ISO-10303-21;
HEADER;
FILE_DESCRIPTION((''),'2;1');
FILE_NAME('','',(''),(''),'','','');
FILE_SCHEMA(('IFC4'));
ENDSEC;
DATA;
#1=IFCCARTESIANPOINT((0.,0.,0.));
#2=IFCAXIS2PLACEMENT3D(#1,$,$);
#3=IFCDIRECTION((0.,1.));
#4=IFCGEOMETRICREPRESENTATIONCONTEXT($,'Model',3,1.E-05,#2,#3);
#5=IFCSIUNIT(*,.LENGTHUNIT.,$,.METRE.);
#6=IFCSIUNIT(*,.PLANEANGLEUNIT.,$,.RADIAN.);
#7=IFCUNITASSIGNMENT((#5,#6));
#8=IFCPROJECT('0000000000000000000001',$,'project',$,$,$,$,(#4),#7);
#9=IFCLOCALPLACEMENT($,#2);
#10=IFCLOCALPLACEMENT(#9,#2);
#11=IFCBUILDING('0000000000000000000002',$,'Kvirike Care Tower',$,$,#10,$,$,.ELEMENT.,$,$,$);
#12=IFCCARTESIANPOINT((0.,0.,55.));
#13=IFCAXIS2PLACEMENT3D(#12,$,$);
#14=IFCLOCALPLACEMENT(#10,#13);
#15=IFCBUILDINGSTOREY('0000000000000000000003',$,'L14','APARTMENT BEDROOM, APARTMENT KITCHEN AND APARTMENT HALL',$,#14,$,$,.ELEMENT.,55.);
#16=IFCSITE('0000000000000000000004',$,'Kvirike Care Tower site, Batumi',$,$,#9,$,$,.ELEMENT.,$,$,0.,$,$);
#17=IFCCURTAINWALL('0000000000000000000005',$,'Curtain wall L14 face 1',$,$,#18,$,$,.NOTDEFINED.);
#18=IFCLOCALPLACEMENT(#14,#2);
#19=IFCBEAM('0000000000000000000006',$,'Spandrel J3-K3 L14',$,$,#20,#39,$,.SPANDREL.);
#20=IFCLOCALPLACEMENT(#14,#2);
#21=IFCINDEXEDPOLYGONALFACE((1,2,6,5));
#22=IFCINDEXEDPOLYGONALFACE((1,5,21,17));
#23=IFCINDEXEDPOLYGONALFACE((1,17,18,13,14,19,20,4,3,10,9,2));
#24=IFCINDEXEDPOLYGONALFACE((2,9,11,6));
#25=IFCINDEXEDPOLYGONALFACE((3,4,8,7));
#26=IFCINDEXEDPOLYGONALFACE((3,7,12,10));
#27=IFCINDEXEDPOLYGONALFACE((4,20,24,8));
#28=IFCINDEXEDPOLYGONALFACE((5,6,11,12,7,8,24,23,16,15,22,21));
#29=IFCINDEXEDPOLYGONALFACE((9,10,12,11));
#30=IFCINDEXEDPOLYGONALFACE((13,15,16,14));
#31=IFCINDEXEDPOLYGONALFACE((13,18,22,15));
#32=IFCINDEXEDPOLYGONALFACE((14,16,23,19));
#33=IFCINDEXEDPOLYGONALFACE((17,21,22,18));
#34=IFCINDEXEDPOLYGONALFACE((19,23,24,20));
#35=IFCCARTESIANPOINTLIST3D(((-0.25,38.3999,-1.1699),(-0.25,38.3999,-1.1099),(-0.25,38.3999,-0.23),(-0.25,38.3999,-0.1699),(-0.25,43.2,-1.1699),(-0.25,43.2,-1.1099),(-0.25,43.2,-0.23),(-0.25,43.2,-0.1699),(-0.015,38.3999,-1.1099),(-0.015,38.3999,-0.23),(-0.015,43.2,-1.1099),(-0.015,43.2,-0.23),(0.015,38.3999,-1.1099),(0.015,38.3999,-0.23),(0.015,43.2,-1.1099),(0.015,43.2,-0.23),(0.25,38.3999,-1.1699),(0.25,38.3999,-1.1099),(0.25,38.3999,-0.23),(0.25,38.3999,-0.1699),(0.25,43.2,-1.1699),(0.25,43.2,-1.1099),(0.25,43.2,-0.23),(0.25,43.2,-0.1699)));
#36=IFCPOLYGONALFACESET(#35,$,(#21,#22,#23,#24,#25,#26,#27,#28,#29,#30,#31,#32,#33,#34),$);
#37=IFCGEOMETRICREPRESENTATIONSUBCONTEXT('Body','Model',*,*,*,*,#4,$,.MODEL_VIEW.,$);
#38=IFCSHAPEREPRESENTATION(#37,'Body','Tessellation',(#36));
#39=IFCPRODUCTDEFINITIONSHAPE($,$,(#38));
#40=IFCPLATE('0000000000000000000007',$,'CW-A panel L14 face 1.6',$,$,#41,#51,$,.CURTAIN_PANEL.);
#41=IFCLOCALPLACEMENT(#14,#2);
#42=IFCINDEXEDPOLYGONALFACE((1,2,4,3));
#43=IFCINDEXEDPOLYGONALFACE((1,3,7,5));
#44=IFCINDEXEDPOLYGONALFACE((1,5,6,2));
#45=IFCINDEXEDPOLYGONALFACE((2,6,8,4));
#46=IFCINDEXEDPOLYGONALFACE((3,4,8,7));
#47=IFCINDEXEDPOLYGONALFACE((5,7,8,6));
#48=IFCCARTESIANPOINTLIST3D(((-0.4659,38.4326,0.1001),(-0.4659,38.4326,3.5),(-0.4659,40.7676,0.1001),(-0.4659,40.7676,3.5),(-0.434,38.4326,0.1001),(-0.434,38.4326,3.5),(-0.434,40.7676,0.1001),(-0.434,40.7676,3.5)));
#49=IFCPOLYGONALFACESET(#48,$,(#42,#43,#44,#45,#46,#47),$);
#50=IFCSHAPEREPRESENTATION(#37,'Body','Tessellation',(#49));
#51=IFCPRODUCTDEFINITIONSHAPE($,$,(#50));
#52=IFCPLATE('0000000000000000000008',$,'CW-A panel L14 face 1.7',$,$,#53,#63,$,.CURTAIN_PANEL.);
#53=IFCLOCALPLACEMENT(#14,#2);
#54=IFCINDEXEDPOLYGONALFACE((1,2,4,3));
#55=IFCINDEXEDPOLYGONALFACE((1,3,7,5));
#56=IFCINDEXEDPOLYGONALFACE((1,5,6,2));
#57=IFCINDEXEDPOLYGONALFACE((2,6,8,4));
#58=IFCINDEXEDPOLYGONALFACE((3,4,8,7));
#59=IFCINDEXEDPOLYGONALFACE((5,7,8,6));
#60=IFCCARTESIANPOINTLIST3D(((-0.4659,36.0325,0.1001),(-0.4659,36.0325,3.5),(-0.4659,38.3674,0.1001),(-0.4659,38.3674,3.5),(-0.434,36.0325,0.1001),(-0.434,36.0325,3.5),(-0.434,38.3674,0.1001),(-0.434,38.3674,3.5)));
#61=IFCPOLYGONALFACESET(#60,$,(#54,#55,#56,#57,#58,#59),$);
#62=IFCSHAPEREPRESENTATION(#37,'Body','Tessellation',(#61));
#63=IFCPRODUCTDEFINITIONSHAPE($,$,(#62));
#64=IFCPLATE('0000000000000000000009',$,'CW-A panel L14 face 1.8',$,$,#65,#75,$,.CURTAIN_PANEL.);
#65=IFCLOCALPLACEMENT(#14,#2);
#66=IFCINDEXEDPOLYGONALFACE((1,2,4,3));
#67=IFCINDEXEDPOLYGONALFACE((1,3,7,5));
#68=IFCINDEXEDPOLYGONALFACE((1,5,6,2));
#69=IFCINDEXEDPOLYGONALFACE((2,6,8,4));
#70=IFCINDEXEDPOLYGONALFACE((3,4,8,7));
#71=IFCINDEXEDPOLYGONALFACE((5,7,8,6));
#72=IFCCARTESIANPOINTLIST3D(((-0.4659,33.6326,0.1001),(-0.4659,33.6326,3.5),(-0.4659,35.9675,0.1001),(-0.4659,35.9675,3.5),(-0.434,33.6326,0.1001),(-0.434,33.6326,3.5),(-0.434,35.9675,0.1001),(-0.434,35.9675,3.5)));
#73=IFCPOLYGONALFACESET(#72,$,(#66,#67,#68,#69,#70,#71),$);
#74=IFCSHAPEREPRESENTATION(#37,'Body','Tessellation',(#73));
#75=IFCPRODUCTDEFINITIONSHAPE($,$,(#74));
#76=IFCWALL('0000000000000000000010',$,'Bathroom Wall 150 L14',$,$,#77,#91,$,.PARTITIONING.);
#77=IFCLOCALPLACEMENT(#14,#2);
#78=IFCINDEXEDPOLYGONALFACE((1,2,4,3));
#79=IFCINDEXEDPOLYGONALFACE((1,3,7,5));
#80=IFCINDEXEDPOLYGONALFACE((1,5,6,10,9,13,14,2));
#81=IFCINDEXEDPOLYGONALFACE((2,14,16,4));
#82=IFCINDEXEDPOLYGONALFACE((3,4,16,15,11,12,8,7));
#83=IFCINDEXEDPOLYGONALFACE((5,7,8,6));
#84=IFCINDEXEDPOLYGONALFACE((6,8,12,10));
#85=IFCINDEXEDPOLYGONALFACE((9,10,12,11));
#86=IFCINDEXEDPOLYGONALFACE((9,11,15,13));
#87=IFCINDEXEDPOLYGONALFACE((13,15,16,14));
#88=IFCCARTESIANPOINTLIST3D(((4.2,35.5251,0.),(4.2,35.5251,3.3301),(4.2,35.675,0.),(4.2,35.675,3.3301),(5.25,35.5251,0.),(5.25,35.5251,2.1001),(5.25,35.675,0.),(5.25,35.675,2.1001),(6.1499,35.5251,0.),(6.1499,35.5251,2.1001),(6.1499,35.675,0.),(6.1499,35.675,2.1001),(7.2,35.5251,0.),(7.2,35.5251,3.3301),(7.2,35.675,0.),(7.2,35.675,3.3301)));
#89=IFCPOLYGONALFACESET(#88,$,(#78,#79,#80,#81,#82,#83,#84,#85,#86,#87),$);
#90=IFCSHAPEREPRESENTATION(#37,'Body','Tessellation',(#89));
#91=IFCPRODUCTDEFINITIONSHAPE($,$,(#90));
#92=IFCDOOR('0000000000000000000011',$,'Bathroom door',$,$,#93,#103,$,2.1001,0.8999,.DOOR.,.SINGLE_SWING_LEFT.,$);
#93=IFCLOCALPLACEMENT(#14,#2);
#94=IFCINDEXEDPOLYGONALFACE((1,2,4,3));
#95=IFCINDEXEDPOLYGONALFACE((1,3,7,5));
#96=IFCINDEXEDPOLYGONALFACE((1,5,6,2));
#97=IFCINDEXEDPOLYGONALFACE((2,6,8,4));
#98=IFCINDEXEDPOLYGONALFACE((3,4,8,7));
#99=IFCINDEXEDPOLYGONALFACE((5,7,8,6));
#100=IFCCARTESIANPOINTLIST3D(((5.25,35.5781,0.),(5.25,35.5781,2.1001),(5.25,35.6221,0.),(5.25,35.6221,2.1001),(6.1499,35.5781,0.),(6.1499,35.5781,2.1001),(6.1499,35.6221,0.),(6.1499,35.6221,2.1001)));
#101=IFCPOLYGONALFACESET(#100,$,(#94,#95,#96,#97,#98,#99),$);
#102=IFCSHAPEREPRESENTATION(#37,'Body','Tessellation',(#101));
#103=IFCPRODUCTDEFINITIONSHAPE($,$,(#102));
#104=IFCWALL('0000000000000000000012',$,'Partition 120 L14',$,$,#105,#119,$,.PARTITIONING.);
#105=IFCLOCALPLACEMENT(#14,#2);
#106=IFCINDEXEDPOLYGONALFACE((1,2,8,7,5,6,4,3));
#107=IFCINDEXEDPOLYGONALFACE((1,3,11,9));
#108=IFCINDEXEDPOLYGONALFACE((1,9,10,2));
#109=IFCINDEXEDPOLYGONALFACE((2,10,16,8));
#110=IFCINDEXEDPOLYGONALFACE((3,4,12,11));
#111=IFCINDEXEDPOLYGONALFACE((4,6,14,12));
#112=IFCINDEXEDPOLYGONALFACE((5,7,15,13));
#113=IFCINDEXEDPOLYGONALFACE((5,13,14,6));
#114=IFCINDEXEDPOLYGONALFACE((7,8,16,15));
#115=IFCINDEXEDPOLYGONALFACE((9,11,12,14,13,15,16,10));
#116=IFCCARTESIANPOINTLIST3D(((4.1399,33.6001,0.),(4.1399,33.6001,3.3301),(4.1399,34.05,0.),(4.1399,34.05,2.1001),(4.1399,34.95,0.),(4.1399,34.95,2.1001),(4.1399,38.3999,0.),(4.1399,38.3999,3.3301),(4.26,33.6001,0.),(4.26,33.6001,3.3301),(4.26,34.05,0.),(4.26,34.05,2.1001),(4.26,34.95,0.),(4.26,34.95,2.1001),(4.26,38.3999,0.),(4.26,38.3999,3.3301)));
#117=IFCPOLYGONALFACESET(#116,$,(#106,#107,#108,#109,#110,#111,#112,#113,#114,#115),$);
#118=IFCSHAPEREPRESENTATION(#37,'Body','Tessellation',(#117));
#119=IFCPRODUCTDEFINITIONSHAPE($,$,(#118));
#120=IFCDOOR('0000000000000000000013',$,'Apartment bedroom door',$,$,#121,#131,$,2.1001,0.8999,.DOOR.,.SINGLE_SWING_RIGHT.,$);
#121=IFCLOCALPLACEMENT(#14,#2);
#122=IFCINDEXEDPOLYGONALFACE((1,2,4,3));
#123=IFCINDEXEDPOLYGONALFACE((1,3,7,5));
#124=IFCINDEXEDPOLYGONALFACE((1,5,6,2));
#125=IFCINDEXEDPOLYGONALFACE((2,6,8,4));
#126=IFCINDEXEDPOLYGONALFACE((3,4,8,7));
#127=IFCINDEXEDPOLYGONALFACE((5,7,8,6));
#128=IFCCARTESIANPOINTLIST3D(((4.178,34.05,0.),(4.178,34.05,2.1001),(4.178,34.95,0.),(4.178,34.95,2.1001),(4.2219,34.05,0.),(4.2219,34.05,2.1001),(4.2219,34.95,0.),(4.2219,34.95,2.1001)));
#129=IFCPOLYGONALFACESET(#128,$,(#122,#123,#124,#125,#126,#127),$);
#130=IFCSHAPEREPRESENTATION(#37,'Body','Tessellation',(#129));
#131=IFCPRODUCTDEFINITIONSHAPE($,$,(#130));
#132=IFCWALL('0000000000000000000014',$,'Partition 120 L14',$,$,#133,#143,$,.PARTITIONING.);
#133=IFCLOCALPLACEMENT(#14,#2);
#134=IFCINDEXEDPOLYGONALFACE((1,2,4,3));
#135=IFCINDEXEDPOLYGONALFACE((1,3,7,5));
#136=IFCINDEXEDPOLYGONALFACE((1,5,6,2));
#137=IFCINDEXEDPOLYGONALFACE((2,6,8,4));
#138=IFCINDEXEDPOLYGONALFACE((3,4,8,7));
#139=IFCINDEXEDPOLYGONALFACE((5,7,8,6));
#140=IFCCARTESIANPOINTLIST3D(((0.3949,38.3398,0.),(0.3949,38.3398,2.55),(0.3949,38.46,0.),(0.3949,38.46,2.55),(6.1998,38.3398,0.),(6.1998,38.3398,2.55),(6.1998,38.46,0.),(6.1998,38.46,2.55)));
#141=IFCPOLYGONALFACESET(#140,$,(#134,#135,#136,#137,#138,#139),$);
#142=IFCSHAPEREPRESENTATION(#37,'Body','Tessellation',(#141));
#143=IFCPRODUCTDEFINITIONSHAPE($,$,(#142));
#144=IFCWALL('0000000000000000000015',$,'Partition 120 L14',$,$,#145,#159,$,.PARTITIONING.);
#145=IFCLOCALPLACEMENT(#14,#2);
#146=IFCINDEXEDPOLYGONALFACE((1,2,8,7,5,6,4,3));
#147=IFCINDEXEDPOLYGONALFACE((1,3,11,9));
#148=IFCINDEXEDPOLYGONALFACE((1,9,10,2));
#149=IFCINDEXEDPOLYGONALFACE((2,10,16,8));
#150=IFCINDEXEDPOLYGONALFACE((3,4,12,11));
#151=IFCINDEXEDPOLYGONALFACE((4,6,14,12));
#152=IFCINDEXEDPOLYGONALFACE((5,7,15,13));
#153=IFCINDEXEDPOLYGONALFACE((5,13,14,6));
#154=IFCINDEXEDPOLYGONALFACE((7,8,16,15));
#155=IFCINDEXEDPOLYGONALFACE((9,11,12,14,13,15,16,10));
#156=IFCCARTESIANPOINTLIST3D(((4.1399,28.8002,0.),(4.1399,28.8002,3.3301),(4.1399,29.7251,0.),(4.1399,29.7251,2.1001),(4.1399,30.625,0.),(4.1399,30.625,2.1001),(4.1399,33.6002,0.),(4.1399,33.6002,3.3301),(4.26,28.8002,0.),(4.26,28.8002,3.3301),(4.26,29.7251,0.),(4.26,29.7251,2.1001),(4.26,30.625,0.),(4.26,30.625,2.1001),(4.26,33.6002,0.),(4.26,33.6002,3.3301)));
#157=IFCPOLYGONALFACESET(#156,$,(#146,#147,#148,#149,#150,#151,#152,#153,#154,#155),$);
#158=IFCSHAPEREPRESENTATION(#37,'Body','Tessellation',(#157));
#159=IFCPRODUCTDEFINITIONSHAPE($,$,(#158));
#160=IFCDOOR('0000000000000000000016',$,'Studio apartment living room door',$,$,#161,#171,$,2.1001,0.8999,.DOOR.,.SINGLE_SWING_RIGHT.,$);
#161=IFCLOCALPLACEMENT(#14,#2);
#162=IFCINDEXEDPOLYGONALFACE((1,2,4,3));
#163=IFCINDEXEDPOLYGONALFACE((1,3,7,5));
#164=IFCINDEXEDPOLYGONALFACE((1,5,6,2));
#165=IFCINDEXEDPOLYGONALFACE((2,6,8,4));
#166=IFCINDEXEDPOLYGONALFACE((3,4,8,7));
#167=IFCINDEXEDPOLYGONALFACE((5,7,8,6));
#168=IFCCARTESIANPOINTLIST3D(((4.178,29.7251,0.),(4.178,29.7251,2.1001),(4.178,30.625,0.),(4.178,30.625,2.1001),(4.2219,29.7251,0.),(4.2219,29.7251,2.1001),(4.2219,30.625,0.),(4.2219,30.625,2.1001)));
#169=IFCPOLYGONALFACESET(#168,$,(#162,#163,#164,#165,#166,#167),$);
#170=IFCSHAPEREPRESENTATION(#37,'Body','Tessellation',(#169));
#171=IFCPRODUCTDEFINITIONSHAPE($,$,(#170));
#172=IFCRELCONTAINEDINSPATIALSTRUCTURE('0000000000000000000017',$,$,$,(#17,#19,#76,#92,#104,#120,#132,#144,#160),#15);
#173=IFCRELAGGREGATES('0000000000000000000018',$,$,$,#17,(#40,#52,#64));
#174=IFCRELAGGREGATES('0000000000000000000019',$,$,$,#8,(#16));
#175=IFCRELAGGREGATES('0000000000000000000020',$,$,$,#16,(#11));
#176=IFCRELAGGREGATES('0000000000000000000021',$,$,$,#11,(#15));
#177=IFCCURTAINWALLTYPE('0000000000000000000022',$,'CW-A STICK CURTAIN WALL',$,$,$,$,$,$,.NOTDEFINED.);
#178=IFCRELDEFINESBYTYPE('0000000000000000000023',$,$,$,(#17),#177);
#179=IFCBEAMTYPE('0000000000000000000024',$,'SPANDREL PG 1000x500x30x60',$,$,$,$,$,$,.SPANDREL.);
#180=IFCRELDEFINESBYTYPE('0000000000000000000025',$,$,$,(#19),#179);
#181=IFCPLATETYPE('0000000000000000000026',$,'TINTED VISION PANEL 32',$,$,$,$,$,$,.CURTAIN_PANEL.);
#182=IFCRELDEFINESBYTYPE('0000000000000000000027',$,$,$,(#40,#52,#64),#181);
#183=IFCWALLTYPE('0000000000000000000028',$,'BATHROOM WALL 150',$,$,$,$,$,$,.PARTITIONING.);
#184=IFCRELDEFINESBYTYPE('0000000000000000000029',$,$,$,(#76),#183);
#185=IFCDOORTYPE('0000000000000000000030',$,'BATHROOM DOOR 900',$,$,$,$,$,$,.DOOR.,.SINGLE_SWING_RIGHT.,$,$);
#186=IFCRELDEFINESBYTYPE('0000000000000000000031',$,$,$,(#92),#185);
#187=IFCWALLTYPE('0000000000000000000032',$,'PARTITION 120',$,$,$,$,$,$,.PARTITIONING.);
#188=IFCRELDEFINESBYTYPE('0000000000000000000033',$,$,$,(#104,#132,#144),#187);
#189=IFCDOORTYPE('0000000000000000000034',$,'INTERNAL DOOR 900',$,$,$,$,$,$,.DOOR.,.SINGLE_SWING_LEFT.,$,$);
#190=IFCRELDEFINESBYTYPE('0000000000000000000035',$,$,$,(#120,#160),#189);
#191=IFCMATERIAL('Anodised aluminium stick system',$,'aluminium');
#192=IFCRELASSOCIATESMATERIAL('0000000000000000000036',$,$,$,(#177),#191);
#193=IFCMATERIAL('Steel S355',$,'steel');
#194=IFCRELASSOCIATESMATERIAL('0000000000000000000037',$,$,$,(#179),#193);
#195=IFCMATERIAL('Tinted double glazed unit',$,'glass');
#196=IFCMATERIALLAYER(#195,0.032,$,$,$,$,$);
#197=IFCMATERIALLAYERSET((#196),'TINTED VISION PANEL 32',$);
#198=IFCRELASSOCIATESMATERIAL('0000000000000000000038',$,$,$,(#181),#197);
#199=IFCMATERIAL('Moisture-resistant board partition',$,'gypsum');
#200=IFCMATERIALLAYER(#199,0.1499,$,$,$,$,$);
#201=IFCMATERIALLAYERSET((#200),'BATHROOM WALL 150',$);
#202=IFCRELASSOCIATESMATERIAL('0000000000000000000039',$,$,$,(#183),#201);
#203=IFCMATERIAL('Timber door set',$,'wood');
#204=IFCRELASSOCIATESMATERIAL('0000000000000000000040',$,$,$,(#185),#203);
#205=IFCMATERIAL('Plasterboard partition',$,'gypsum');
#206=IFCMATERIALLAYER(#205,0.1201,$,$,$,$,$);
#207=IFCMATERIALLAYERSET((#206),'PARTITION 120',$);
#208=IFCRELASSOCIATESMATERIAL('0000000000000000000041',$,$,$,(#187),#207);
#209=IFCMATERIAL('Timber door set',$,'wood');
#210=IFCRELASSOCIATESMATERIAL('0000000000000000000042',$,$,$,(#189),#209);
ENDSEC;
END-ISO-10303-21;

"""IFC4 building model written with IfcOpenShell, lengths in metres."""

from ifc_helpers import new_model, si_unit, direction, frame, frame_2d, origin, origin_2d, place, context, subcontext, project, spatial, rectangle, i_section, extrude, material, layer, layer_set, material_profile, profile_set, type_object, element, fill, aggregate, save


model = new_model("IFC4")

# Units and contexts
model_context = context("Model", 3, precision=1e-05, world=origin(), true_north=direction((0.0, 1.0)))
body_context = subcontext(model_context, "Body", "Model", "MODEL_VIEW")
ifc_project = project(units=[si_unit("LENGTHUNIT", "METRE"), si_unit("PLANEANGLEUNIT", "RADIAN")], contexts=[model_context])

# Site, building, storey
site_placement = place(None, origin())
site = spatial("IfcSite", under=ifc_project, at=site_placement, Name="Kvirike Care Tower site, Batumi", CompositionType="ELEMENT", RefElevation=0.0)
building_placement = place(site_placement, origin())
building = spatial("IfcBuilding", under=site, at=building_placement, Name="Kvirike Care Tower", CompositionType="ELEMENT")
storey_placement = place(building_placement, frame((0.0, 0.0, 55.0)))
storey = spatial("IfcBuildingStorey", under=building, at=storey_placement, Name="L14", Description="APARTMENT BEDROOM, APARTMENT KITCHEN AND APARTMENT HALL", CompositionType="ELEMENT", Elevation=55.0)

# Curtain wall
ifc_material_1 = material(Name="Anodised aluminium stick system", Category="aluminium")
curtain_wall_type = type_object("IfcCurtainWallType", Name="CW-A STICK CURTAIN WALL", PredefinedType="NOTDEFINED", material=ifc_material_1)
curtain_wall_placement = place(storey_placement, origin())
curtain_wall = element("IfcCurtainWall", 1, at=curtain_wall_placement, inside=storey, type_object=curtain_wall_type, Name="Curtain wall L14 face 1", PredefinedType="NOTDEFINED")

# Beam
ifc_material_2 = material(Name="Steel S355", Category="steel")
ifc_material_profile_1 = material_profile(ifc_material_2, i_section(OverallWidth=0.5, OverallDepth=1.0, WebThickness=0.03, FlangeThickness=0.0601, at=origin_2d()), Name="PG 1000x500x30x60")
ifc_profile_set_1 = profile_set([ifc_material_profile_1], Name="Steel S355")
beam_type_1 = type_object("IfcBeamType", Name="SPANDREL PG 1000x500x30x60", PredefinedType="SPANDREL", material=ifc_profile_set_1)
beam_1_placement = place(storey_placement, frame((0.0, 38.3999, -0.6699), z_axis=(0.0, 1.0, 0.0), x_axis=(-1.0, 0.0, 0.0)))
element("IfcBeam", 2, at=beam_1_placement, inside=storey, type_object=beam_type_1, Name="Spandrel J3-K3 L14", PredefinedType="SPANDREL", context=body_context, shape_type="SweptSolid", body=[
    extrude(i_section(OverallWidth=0.5, OverallDepth=1.0, WebThickness=0.03, FlangeThickness=0.0601, at=origin_2d()), origin(), (0.0, 0.0, 1.0), 4.8),
])

# Plates
ifc_material_3 = material(Name="Tinted double glazed unit", Category="glass")
ifc_layer_1 = layer(ifc_material_3, 0.032)
ifc_layer_set_1 = layer_set([ifc_layer_1], Name="TINTED VISION PANEL 32")
plate_type = type_object("IfcPlateType", Name="TINTED VISION PANEL 32", PredefinedType="CURTAIN_PANEL", material=ifc_layer_set_1)
plate_1_placement = place(storey_placement, frame((-0.45, 39.6001, 0.1001), z_axis=(0.0, 0.0, 1.0), x_axis=(0.0, -1.0, 0.0)))
plate_1 = element("IfcPlate", 3, at=plate_1_placement, type_object=plate_type, Name="CW-A panel L14 face 1.6", PredefinedType="CURTAIN_PANEL", context=body_context, shape_type="SweptSolid", body=[
    extrude(rectangle(XDim=2.335, YDim=0.032, at=origin_2d()), origin(), (0.0, 0.0, 1.0), 3.3999),
])
plate_2_placement = place(storey_placement, frame((-0.45, 37.2, 0.1001), z_axis=(0.0, 0.0, 1.0), x_axis=(0.0, -1.0, 0.0)))
plate_2 = element("IfcPlate", 4, at=plate_2_placement, type_object=plate_type, Name="CW-A panel L14 face 1.7", PredefinedType="CURTAIN_PANEL", context=body_context, shape_type="SweptSolid", body=[
    extrude(rectangle(XDim=2.335, YDim=0.032, at=origin_2d()), origin(), (0.0, 0.0, 1.0), 3.3999),
])
plate_3_placement = place(storey_placement, frame((-0.45, 34.8, 0.1001), z_axis=(0.0, 0.0, 1.0), x_axis=(0.0, -1.0, 0.0)))
plate_3 = element("IfcPlate", 5, at=plate_3_placement, type_object=plate_type, Name="CW-A panel L14 face 1.8", PredefinedType="CURTAIN_PANEL", context=body_context, shape_type="SweptSolid", body=[
    extrude(rectangle(XDim=2.335, YDim=0.032, at=origin_2d()), origin(), (0.0, 0.0, 1.0), 3.3999),
])
aggregate(curtain_wall, [plate_1, plate_2, plate_3])

# Walls, openings, doors
ifc_material_4 = material(Name="Moisture-resistant board partition", Category="gypsum")
ifc_layer_2 = layer(ifc_material_4, 0.1499)
ifc_layer_set_2 = layer_set([ifc_layer_2], Name="BATHROOM WALL 150")
wall_type_1 = type_object("IfcWallType", Name="BATHROOM WALL 150", PredefinedType="PARTITIONING", material=ifc_layer_set_2)
wall_1_placement = place(storey_placement, frame((4.2, 35.6001, 0.0), z_axis=(0.0, 0.0, 1.0), x_axis=(1.0, 0.0, 0.0)))
wall_1 = element("IfcWall", 6, at=wall_1_placement, inside=storey, type_object=wall_type_1, Name="Bathroom Wall 150 L14", PredefinedType="PARTITIONING", context=body_context, shape_type="SweptSolid", body=[
    extrude(rectangle(XDim=3.0, YDim=0.1499, at=frame_2d((1.5, 0.0))), origin(), (0.0, 0.0, 1.0), 3.3301),
])
opening_1_placement = place(wall_1_placement, frame((1.05, 0.0, 0.0)))
opening_1 = element("IfcOpeningElement", 7, at=opening_1_placement, cuts=wall_1, PredefinedType="OPENING", context=body_context, shape_type="SweptSolid", body=[
    extrude(rectangle(XDim=0.8999, YDim=2.1001, at=frame_2d((0.45, 1.05))), frame((0.0, 0.0854, 0.0), z_axis=(0.0, -1.0, 0.0), x_axis=(1.0, 0.0, 0.0)), (0.0, 0.0, 1.0), 0.1709),
])
ifc_material_5 = material(Name="Timber door set", Category="wood")
door_type_1 = type_object("IfcDoorType", Name="BATHROOM DOOR 900", OperationType="SINGLE_SWING_RIGHT", PredefinedType="DOOR", material=ifc_material_5)
door_1_placement = place(opening_1_placement, origin())
door_1 = element("IfcDoor", 8, at=door_1_placement, inside=storey, type_object=door_type_1, Name="Bathroom door", OperationType="SINGLE_SWING_LEFT", OverallHeight=2.1001, OverallWidth=0.8999, PredefinedType="DOOR", context=body_context, shape_type="SweptSolid", body=[
    extrude(rectangle(XDim=0.8999, YDim=2.1001, at=frame_2d((0.45, 1.05))), frame((0.0, 0.022, 0.0), z_axis=(0.0, -1.0, 0.0), x_axis=(1.0, 0.0, 0.0)), (0.0, 0.0, 1.0), 0.0439),
])
fill(opening_1, door_1)
ifc_material_6 = material(Name="Plasterboard partition", Category="gypsum")
ifc_layer_3 = layer(ifc_material_6, 0.1201)
ifc_layer_set_3 = layer_set([ifc_layer_3], Name="PARTITION 120")
wall_type_2 = type_object("IfcWallType", Name="PARTITION 120", PredefinedType="PARTITIONING", material=ifc_layer_set_3)
wall_2_placement = place(storey_placement, frame((4.2, 38.3999, 0.0), z_axis=(0.0, 0.0, 1.0), x_axis=(0.0, -1.0, 0.0)))
wall_2 = element("IfcWall", 9, at=wall_2_placement, inside=storey, type_object=wall_type_2, Name="Partition 120 L14", PredefinedType="PARTITIONING", context=body_context, shape_type="SweptSolid", body=[
    extrude(rectangle(XDim=4.7998, YDim=0.1201, at=frame_2d((2.3999, 0.0))), origin(), (0.0, 0.0, 1.0), 3.3301),
])
opening_2_placement = place(wall_2_placement, frame((3.45, 0.0, 0.0)))
opening_2 = element("IfcOpeningElement", 10, at=opening_2_placement, cuts=wall_2, PredefinedType="OPENING", context=body_context, shape_type="SweptSolid", body=[
    extrude(rectangle(XDim=0.8999, YDim=2.1001, at=frame_2d((0.45, 1.05))), frame((0.0, 0.0706, 0.0), z_axis=(0.0, -1.0, 0.0), x_axis=(1.0, 0.0, 0.0)), (0.0, 0.0, 1.0), 0.1411),
])
ifc_material_7 = material(Name="Timber door set", Category="wood")
door_type_2 = type_object("IfcDoorType", Name="INTERNAL DOOR 900", OperationType="SINGLE_SWING_LEFT", PredefinedType="DOOR", material=ifc_material_7)
door_2_placement = place(opening_2_placement, frame((0.8999, 0.0, 0.0), z_axis=(0.0, 0.0, 1.0), x_axis=(-1.0, 0.0, 0.0)))
door_2 = element("IfcDoor", 11, at=door_2_placement, inside=storey, type_object=door_type_2, Name="Apartment bedroom door", OperationType="SINGLE_SWING_RIGHT", OverallHeight=2.1001, OverallWidth=0.8999, PredefinedType="DOOR", context=body_context, shape_type="SweptSolid", body=[
    extrude(rectangle(XDim=0.8999, YDim=2.1001, at=frame_2d((0.45, 1.05))), frame((0.0, 0.022, 0.0), z_axis=(0.0, -1.0, 0.0), x_axis=(1.0, 0.0, 0.0)), (0.0, 0.0, 1.0), 0.0439),
])
fill(opening_2, door_2)

# Wall
wall_3_placement = place(storey_placement, frame((0.395, 38.3999, 0.0), z_axis=(0.0, 0.0, 1.0), x_axis=(1.0, 0.0, 0.0)))
element("IfcWall", 12, at=wall_3_placement, inside=storey, type_object=wall_type_2, Name="Partition 120 L14", PredefinedType="PARTITIONING", context=body_context, shape_type="SweptSolid", body=[
    extrude(rectangle(XDim=5.8049, YDim=0.1201, at=frame_2d((2.9023, 0.0))), origin(), (0.0, 0.0, 1.0), 2.55),
])

# Wall, opening, door
wall_4_placement = place(storey_placement, frame((4.2, 33.6001, 0.0), z_axis=(0.0, 0.0, 1.0), x_axis=(0.0, -1.0, 0.0)))
wall_4 = element("IfcWall", 13, at=wall_4_placement, inside=storey, type_object=wall_type_2, Name="Partition 120 L14", PredefinedType="PARTITIONING", context=body_context, shape_type="SweptSolid", body=[
    extrude(rectangle(XDim=4.8, YDim=0.1201, at=frame_2d((2.3999, 0.0))), origin(), (0.0, 0.0, 1.0), 3.3301),
])
opening_3_placement = place(wall_4_placement, frame((2.9751, 0.0, 0.0)))
opening_3 = element("IfcOpeningElement", 14, at=opening_3_placement, cuts=wall_4, PredefinedType="OPENING", context=body_context, shape_type="SweptSolid", body=[
    extrude(rectangle(XDim=0.8999, YDim=2.1001, at=frame_2d((0.45, 1.05))), frame((0.0, 0.0706, 0.0), z_axis=(0.0, -1.0, 0.0), x_axis=(1.0, 0.0, 0.0)), (0.0, 0.0, 1.0), 0.1411),
])
door_3_placement = place(opening_3_placement, frame((0.8999, 0.0, 0.0), z_axis=(0.0, 0.0, 1.0), x_axis=(-1.0, 0.0, 0.0)))
door_3 = element("IfcDoor", 15, at=door_3_placement, inside=storey, type_object=door_type_2, Name="Studio apartment living room door", OperationType="SINGLE_SWING_RIGHT", OverallHeight=2.1001, OverallWidth=0.8999, PredefinedType="DOOR", context=body_context, shape_type="SweptSolid", body=[
    extrude(rectangle(XDim=0.8999, YDim=2.1001, at=frame_2d((0.45, 1.05))), frame((0.0, 0.022, 0.0), z_axis=(0.0, -1.0, 0.0), x_axis=(1.0, 0.0, 0.0)), (0.0, 0.0, 1.0), 0.0439),
])
fill(opening_3, door_3)

save(model, "model.ifc")
